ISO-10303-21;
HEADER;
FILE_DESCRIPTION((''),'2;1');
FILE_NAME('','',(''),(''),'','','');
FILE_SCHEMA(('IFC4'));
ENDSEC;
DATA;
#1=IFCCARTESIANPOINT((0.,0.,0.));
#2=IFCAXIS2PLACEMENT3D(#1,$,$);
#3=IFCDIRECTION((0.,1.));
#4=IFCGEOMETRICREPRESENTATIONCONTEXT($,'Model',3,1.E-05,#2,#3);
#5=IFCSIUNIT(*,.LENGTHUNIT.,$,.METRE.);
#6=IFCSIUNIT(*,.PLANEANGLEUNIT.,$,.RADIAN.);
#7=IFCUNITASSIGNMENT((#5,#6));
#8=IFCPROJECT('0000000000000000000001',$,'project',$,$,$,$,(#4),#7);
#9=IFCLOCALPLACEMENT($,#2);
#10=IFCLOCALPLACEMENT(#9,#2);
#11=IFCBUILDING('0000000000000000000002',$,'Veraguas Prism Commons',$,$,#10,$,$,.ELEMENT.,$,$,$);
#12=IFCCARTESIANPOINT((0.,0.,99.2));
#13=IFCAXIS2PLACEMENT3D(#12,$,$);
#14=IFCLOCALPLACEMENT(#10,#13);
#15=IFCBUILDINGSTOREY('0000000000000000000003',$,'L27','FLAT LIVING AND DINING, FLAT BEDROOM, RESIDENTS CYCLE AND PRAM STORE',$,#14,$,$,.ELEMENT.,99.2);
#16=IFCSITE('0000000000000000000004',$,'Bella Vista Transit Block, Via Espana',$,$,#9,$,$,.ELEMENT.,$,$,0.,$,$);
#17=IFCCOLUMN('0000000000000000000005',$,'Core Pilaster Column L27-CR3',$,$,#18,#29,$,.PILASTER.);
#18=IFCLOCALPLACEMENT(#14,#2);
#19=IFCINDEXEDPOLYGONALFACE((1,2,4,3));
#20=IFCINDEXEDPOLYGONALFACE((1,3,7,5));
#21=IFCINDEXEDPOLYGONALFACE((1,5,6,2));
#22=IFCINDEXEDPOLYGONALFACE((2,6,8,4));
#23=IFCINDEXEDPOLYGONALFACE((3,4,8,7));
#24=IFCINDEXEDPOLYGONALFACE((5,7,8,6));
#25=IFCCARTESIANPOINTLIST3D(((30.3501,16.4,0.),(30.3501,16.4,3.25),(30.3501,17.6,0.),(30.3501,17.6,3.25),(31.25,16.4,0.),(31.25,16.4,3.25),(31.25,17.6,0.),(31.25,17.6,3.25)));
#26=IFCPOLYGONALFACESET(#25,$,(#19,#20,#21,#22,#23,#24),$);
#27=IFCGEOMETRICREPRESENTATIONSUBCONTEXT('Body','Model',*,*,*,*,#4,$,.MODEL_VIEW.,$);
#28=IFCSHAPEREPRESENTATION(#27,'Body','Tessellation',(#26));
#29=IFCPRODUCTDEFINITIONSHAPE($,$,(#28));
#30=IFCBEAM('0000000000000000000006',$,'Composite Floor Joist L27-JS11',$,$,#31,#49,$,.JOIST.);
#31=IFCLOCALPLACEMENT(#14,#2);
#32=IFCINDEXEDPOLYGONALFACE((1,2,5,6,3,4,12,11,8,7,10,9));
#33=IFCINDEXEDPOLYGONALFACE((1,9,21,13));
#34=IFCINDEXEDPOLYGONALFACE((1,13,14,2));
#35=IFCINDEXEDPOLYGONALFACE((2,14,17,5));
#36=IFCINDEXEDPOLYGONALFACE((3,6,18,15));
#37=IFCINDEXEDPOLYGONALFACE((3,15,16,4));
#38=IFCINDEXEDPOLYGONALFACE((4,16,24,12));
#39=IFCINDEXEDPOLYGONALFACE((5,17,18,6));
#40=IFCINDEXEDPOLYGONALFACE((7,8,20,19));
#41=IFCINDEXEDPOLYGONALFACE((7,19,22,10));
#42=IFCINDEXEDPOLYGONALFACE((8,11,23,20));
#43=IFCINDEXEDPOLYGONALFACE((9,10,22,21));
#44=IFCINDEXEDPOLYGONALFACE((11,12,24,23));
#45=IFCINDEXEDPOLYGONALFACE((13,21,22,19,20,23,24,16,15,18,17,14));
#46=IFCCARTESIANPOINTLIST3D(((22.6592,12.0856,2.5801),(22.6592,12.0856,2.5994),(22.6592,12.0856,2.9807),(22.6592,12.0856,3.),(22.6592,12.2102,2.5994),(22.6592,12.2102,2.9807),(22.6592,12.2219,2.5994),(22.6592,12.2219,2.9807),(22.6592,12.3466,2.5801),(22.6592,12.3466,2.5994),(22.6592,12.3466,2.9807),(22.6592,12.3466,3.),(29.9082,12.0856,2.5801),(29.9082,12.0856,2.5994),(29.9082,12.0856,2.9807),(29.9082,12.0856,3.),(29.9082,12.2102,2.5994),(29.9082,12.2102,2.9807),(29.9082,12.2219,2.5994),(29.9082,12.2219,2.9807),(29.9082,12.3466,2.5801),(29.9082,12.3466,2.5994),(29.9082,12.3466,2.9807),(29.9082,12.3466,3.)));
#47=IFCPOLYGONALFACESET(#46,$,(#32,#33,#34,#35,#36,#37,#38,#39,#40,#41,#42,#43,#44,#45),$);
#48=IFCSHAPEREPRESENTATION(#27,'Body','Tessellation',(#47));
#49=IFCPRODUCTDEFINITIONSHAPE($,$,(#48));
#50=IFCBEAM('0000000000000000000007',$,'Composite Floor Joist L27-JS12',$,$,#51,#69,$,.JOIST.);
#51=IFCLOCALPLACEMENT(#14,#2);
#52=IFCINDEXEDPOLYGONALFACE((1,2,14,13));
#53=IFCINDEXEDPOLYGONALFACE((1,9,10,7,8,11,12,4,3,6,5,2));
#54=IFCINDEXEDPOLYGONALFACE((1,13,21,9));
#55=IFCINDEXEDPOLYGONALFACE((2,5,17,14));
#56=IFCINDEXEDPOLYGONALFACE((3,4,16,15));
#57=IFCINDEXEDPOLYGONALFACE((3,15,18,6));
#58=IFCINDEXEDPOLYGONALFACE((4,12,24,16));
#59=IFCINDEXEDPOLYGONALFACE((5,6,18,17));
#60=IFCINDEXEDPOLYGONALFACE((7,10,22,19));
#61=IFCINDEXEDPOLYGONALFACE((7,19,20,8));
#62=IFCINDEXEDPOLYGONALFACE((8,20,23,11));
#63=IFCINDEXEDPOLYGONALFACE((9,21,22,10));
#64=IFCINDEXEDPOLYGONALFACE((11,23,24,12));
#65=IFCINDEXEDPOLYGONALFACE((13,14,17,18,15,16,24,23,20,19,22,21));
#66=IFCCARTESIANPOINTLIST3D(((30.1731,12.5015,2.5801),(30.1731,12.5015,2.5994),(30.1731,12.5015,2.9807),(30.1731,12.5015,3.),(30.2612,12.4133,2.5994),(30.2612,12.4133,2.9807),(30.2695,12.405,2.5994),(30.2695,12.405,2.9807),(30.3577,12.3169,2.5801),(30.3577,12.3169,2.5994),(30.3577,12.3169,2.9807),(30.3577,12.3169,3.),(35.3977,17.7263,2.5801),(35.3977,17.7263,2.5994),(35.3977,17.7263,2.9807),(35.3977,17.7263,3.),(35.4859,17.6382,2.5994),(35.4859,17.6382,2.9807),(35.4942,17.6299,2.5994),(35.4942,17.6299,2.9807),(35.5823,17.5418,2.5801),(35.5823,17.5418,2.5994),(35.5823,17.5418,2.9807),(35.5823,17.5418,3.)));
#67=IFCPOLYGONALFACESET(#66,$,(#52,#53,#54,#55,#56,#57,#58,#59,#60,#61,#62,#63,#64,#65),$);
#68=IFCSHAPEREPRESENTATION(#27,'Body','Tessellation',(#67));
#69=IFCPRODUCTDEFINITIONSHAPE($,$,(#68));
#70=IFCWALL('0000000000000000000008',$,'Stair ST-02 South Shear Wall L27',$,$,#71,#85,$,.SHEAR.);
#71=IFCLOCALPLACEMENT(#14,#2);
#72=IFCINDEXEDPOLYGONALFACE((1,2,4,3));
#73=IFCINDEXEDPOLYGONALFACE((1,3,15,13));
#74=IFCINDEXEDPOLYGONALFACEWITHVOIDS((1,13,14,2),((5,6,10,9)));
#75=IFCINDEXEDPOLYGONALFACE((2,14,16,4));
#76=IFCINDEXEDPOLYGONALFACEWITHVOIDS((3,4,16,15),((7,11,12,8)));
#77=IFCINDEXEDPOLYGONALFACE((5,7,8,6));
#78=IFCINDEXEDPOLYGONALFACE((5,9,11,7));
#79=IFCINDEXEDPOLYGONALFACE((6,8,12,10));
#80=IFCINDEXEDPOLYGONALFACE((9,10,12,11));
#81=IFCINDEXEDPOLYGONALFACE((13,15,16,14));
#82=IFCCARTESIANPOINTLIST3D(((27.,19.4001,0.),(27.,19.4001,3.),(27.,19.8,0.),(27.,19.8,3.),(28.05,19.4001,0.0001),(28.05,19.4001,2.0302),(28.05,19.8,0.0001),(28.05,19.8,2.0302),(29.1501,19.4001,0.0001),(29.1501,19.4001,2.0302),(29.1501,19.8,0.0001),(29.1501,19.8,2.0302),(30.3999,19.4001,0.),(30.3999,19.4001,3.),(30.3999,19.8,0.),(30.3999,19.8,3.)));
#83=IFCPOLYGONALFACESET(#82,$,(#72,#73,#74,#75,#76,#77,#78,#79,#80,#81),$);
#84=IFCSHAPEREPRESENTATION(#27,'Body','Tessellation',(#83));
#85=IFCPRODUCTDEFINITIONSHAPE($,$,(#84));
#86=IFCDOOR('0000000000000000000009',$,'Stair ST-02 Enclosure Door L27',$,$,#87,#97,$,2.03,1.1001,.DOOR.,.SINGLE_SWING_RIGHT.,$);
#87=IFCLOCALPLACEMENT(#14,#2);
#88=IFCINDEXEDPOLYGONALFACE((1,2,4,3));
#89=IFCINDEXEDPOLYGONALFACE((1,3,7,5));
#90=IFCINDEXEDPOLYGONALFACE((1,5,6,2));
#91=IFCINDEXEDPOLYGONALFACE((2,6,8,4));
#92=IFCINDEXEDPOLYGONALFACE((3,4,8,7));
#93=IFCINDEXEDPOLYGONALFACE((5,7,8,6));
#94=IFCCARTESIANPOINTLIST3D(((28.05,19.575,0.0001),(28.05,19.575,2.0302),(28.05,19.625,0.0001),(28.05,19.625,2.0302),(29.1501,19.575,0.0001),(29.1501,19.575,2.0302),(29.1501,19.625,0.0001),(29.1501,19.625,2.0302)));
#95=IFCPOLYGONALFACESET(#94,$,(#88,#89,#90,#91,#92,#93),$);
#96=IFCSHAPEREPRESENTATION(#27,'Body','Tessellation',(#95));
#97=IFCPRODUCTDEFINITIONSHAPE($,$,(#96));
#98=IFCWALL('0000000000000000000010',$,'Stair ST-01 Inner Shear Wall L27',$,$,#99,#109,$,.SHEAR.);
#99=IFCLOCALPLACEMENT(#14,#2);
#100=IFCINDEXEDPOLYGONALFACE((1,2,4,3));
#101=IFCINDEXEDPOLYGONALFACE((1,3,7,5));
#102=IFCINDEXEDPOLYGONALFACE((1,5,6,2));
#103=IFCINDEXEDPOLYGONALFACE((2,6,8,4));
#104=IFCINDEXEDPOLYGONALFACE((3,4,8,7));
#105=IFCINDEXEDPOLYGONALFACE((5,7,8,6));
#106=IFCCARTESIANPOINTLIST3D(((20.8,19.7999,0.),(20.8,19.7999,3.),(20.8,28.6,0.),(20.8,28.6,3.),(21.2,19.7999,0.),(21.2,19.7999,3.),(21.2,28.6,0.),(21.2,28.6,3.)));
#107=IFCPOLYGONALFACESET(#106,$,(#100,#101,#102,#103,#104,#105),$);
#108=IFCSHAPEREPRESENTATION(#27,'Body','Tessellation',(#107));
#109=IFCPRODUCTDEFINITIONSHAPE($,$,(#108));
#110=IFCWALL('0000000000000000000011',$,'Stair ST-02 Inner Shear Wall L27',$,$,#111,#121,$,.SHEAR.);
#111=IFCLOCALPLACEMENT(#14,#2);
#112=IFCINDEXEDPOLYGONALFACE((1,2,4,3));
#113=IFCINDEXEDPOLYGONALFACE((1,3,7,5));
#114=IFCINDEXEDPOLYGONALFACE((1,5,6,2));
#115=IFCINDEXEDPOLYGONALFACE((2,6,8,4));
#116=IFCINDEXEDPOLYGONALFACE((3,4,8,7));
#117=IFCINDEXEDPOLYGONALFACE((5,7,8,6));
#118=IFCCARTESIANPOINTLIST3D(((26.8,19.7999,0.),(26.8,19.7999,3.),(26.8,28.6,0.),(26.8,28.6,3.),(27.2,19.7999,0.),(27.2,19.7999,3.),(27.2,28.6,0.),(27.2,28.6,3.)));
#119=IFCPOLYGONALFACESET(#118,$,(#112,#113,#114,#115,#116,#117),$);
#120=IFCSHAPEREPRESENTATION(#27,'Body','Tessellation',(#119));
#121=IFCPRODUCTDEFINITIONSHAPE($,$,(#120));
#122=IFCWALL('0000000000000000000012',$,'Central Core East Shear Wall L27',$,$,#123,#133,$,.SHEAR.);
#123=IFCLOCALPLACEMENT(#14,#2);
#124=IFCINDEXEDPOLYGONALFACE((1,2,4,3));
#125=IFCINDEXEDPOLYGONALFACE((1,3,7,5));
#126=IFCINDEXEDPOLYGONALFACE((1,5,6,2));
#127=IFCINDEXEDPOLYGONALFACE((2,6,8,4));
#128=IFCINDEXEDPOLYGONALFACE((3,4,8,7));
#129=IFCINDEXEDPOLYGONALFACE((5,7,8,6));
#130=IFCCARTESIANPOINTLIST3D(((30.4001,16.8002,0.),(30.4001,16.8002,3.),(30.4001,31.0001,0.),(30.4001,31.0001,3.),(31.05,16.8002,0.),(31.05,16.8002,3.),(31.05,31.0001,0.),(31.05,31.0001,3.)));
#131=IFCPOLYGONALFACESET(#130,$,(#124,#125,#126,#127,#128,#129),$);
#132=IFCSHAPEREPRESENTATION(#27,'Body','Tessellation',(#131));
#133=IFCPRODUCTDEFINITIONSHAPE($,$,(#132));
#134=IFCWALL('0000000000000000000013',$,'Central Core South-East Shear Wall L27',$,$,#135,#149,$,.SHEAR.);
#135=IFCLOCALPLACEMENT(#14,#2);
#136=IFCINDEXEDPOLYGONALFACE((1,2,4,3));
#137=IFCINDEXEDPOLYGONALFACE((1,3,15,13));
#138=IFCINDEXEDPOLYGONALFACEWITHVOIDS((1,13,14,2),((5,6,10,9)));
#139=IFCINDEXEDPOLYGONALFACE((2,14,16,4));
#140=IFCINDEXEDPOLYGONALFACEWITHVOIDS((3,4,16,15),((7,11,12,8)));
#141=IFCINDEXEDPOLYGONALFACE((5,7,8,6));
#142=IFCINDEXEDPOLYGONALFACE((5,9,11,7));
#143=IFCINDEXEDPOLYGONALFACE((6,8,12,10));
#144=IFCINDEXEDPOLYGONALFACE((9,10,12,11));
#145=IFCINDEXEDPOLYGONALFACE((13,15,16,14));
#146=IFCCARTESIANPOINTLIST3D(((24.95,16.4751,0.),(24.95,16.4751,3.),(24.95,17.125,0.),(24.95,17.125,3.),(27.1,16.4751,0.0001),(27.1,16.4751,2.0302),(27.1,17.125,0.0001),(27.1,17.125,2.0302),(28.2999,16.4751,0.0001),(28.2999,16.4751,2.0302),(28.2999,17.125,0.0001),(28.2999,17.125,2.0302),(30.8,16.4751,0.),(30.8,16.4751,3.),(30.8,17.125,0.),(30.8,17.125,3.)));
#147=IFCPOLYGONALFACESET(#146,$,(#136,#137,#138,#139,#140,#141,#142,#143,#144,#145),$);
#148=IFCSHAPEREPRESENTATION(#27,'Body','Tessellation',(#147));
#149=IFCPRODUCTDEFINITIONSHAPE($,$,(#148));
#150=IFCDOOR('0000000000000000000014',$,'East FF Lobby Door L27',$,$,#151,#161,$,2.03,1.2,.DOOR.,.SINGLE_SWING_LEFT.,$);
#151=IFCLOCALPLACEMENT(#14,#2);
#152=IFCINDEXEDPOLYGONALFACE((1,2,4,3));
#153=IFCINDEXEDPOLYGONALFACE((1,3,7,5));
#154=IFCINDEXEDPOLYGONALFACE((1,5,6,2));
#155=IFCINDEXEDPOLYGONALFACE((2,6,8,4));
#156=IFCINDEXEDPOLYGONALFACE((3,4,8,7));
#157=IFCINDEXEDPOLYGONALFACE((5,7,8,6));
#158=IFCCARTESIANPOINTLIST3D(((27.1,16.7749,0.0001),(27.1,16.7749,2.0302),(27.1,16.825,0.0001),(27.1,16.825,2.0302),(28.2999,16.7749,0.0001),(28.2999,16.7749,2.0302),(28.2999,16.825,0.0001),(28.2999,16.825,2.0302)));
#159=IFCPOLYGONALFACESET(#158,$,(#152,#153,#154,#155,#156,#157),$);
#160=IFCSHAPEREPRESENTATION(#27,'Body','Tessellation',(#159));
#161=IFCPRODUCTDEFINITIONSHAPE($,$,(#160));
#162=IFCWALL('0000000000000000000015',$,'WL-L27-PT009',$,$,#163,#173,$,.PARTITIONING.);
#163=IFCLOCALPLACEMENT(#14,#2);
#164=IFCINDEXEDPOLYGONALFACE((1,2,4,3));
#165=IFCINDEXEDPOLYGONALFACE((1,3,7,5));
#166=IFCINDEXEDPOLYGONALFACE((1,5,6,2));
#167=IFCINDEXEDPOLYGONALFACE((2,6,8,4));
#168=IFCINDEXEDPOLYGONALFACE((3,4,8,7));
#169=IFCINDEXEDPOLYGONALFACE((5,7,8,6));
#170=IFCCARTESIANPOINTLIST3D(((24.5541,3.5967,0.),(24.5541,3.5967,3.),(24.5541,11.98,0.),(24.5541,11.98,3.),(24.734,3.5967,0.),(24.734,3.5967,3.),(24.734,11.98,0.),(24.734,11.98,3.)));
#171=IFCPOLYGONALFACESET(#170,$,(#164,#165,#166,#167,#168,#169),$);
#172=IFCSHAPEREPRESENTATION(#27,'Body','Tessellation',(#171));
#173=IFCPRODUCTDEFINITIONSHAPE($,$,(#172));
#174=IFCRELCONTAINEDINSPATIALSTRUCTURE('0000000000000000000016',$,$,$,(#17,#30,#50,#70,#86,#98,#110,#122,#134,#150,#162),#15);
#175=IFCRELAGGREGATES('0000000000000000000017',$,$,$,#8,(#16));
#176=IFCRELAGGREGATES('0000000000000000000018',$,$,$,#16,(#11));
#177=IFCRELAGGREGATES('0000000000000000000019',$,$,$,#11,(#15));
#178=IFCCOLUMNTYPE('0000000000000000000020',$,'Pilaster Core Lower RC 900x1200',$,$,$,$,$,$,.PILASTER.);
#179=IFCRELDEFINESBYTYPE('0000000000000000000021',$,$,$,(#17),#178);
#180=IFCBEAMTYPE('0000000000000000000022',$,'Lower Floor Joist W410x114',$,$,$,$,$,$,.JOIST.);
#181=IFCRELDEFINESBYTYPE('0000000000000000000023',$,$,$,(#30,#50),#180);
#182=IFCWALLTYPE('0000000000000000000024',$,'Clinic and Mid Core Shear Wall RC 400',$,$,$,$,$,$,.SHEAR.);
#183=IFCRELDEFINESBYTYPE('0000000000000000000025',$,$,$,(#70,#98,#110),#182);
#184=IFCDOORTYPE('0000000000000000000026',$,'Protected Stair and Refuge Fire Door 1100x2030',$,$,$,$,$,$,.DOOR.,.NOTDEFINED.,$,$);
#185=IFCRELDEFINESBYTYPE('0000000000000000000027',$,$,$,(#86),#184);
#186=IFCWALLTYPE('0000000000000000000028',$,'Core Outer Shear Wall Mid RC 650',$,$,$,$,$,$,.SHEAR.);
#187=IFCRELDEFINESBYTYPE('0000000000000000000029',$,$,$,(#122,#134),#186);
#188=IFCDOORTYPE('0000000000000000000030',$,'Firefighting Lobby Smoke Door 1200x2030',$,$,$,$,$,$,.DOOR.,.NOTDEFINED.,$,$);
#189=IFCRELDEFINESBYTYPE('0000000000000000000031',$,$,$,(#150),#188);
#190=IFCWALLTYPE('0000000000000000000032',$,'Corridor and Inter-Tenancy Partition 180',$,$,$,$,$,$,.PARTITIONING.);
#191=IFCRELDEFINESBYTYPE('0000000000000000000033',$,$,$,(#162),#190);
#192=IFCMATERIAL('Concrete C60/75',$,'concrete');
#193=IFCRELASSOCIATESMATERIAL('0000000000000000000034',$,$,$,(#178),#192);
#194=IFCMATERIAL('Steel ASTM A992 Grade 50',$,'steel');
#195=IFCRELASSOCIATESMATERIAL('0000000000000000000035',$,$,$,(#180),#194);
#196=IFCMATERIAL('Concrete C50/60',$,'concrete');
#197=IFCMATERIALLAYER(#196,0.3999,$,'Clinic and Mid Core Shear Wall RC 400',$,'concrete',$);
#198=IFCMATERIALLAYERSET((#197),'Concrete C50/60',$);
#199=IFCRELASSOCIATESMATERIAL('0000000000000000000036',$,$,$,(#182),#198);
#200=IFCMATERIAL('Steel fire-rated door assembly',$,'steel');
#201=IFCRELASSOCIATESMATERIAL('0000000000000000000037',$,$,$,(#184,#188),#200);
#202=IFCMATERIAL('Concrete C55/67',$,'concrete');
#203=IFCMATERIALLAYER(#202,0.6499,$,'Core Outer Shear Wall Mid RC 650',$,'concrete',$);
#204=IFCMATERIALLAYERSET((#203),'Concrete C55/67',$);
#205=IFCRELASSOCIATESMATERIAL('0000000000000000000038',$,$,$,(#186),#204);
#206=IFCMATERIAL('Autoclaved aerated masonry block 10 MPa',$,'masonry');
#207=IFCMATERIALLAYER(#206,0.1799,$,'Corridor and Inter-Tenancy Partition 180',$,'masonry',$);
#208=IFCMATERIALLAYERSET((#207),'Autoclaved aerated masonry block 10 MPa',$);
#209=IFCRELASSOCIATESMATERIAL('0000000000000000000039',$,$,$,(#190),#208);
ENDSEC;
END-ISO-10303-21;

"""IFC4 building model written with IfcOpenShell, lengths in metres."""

from ifc_helpers import new_model, si_unit, direction, frame, frame_2d, origin, origin_2d, place, context, subcontext, project, spatial, rectangle, i_section, extrude, source, transform, mapped, material, layer, layer_set, material_profile, profile_set, type_object, element, fill, save


model = new_model("IFC4")

# Units and contexts
model_context = context("Model", 3, precision=1e-05, world=origin(), true_north=direction((0.0, 1.0)))
body_context = subcontext(model_context, "Body", "Model", "MODEL_VIEW")
ifc_project = project(units=[si_unit("LENGTHUNIT", "METRE"), si_unit("PLANEANGLEUNIT", "RADIAN")], contexts=[model_context])

# Site, building, storey
site_placement = place(None, origin())
site = spatial("IfcSite", under=ifc_project, at=site_placement, Name="Bella Vista Transit Block, Via Espana", CompositionType="ELEMENT", RefElevation=0.0)
building_placement = place(site_placement, origin())
building = spatial("IfcBuilding", under=site, at=building_placement, Name="Veraguas Prism Commons", CompositionType="ELEMENT")
storey_placement = place(building_placement, frame((0.0, 0.0, 99.2)))
storey = spatial("IfcBuildingStorey", under=building, at=storey_placement, Name="L27", Description="FLAT LIVING AND DINING, FLAT BEDROOM, RESIDENTS CYCLE AND PRAM STORE", CompositionType="ELEMENT", Elevation=99.2)

# Column
ifc_material_1 = material(Name="Concrete C60/75", Category="concrete")
ifc_material_profile_1 = material_profile(ifc_material_1, rectangle(XDim=0.8999, YDim=1.2, at=origin_2d()), Name="RC900X1200")
ifc_profile_set_1 = profile_set([ifc_material_profile_1], Name="Concrete C60/75")
column_type = type_object("IfcColumnType", Name="Pilaster Core Lower RC 900x1200", PredefinedType="PILASTER", material=ifc_profile_set_1)
column_placement = place(storey_placement, frame((30.8, 17.0, 0.0), z_axis=(0.0, 0.0, 1.0), x_axis=(1.0, 0.0, 0.0)))
element("IfcColumn", 1, at=column_placement, inside=storey, type_object=column_type, Name="Core Pilaster Column L27-CR3", PredefinedType="PILASTER", context=body_context, shape_type="SweptSolid", body=[
    extrude(rectangle(XDim=0.8999, YDim=1.2, at=origin_2d()), origin(), (0.0, 0.0, 1.0), 3.25),
])

# Beams
ifc_material_2 = material(Name="Steel ASTM A992 Grade 50", Category="steel")
ifc_material_profile_2 = material_profile(ifc_material_2, i_section(OverallWidth=0.261, OverallDepth=0.4199, WebThickness=0.0117, FlangeThickness=0.0193, at=origin_2d()), Name="W410X114")
ifc_profile_set_2 = profile_set([ifc_material_profile_2], Name="Steel ASTM A992 Grade 50")
beam_type = type_object("IfcBeamType", Name="Lower Floor Joist W410x114", PredefinedType="JOIST", material=ifc_profile_set_2)
beam_1_placement = place(storey_placement, frame((22.6592, 12.2161, 2.79), z_axis=(1.0, 0.0, 0.0), x_axis=(0.0, 1.0, 0.0)))
element("IfcBeam", 2, at=beam_1_placement, inside=storey, type_object=beam_type, Name="Composite Floor Joist L27-JS11", PredefinedType="JOIST", context=body_context, shape_type="SweptSolid", body=[
    extrude(i_section(OverallWidth=0.261, OverallDepth=0.4199, WebThickness=0.0117, FlangeThickness=0.0193, at=origin_2d()), origin(), (0.0, 0.0, 1.0), 7.249),
])
beam_2_placement = place(storey_placement, frame((30.2654, 12.4092, 2.79), z_axis=(0.70709, 0.707123, 0.0), x_axis=(-0.707123, 0.70709, 0.0)))
element("IfcBeam", 3, at=beam_2_placement, inside=storey, type_object=beam_type, Name="Composite Floor Joist L27-JS12", PredefinedType="JOIST", context=body_context, shape_type="SweptSolid", body=[
    extrude(i_section(OverallWidth=0.261, OverallDepth=0.4199, WebThickness=0.0117, FlangeThickness=0.0193, at=origin_2d()), origin(), (0.0, 0.0, 1.0), 7.3889),
])

# Wall, opening, door
ifc_material_3 = material(Name="Concrete C50/60", Category="concrete")
ifc_layer_1 = layer(ifc_material_3, 0.3999, Name="Clinic and Mid Core Shear Wall RC 400", Category="concrete")
ifc_layer_set_1 = layer_set([ifc_layer_1], Name="Concrete C50/60")
wall_type_1 = type_object("IfcWallType", Name="Clinic and Mid Core Shear Wall RC 400", PredefinedType="SHEAR", material=ifc_layer_set_1)
wall_1_placement = place(storey_placement, frame((27.0, 19.6001, 0.0), z_axis=(0.0, 0.0, 1.0), x_axis=(1.0, 0.0, 0.0)))
wall_1 = element("IfcWall", 4, at=wall_1_placement, inside=storey, type_object=wall_type_1, Name="Stair ST-02 South Shear Wall L27", PredefinedType="SHEAR", context=body_context, shape_type="SweptSolid", body=[
    extrude(rectangle(XDim=3.3999, YDim=0.3999, at=frame_2d((1.7, 0.0))), origin(), (0.0, 0.0, 1.0), 3.0),
])
opening_1_placement = place(wall_1_placement, frame((1.05, 0.0, 0.0)))
opening_1 = element("IfcOpeningElement", 5, at=opening_1_placement, cuts=wall_1, PredefinedType="OPENING", context=body_context, shape_type="SweptSolid", body=[
    extrude(rectangle(XDim=1.1001, YDim=2.03, at=frame_2d((0.55, 1.0151))), frame((0.0, 0.21, 0.0), z_axis=(0.0, -1.0, 0.0), x_axis=(1.0, 0.0, 0.0)), (0.0, 0.0, 1.0), 0.4199),
])
ifc_material_4 = material(Name="Steel fire-rated door assembly", Category="steel")
door_type_1 = type_object("IfcDoorType", Name="Protected Stair and Refuge Fire Door 1100x2030", OperationType="NOTDEFINED", PredefinedType="DOOR", material=ifc_material_4)
shared_shape_1 = source(origin(), body_context, "Body", "SweptSolid", [
    extrude(rectangle(XDim=1.1001, YDim=2.03, at=frame_2d((0.55, 1.0151))), frame((0.0, 0.0249, 0.0), z_axis=(0.0, -1.0, 0.0), x_axis=(1.0, 0.0, 0.0)), (0.0, 0.0, 1.0), 0.05),
])
door_1_placement = place(opening_1_placement, origin())
door_1 = element("IfcDoor", 6, at=door_1_placement, inside=storey, type_object=door_type_1, Name="Stair ST-02 Enclosure Door L27", OperationType="SINGLE_SWING_RIGHT", OverallHeight=2.03, OverallWidth=1.1001, PredefinedType="DOOR", context=body_context, shape_type="MappedRepresentation", body=[
    mapped(shared_shape_1, transform((0.0, 0.0, 0.0), scale=1.0)),
])
fill(opening_1, door_1)

# Walls
for number, where, z_axis, x_axis, name in (
    (7, (21.0, 19.8, 0.0), (0.0, 0.0, 1.0), (0.0, 1.0, 0.0), "Stair ST-01 Inner Shear Wall L27"),
    (8, (27.0, 19.8, 0.0), (0.0, 0.0, 1.0), (0.0, 1.0, 0.0), "Stair ST-02 Inner Shear Wall L27"),
):
    element("IfcWall", number, at=place(storey_placement, frame(where, z_axis=z_axis, x_axis=x_axis)), inside=storey, type_object=wall_type_1, Name=name, PredefinedType="SHEAR", context=body_context, shape_type="SweptSolid", body=[
        extrude(rectangle(XDim=8.8, YDim=0.3999, at=frame_2d((4.3999, 0.0))), origin(), (0.0, 0.0, 1.0), 3.0),
    ])
ifc_material_5 = material(Name="Concrete C55/67", Category="concrete")
ifc_layer_2 = layer(ifc_material_5, 0.6499, Name="Core Outer Shear Wall Mid RC 650", Category="concrete")
ifc_layer_set_2 = layer_set([ifc_layer_2], Name="Concrete C55/67")
wall_type_2 = type_object("IfcWallType", Name="Core Outer Shear Wall Mid RC 650", PredefinedType="SHEAR", material=ifc_layer_set_2)
wall_2_placement = place(storey_placement, frame((30.7251, 16.8, 0.0), z_axis=(0.0, 0.0, 1.0), x_axis=(0.0, 1.0, 0.0)))
element("IfcWall", 9, at=wall_2_placement, inside=storey, type_object=wall_type_2, Name="Central Core East Shear Wall L27", PredefinedType="SHEAR", context=body_context, shape_type="SweptSolid", body=[
    extrude(rectangle(XDim=14.2, YDim=0.6499, at=frame_2d((7.1001, 0.0))), origin(), (0.0, 0.0, 1.0), 3.0),
])

# Wall, opening, door
wall_3_placement = place(storey_placement, frame((24.95, 16.8, 0.0), z_axis=(0.0, 0.0, 1.0), x_axis=(1.0, 0.0, 0.0)))
wall_3 = element("IfcWall", 10, at=wall_3_placement, inside=storey, type_object=wall_type_2, Name="Central Core South-East Shear Wall L27", PredefinedType="SHEAR", context=body_context, shape_type="SweptSolid", body=[
    extrude(rectangle(XDim=5.8501, YDim=0.6499, at=frame_2d((2.925, 0.0))), origin(), (0.0, 0.0, 1.0), 3.0),
])
opening_2_placement = place(wall_3_placement, frame((2.1499, 0.0, 0.0)))
opening_2 = element("IfcOpeningElement", 11, at=opening_2_placement, cuts=wall_3, PredefinedType="OPENING", context=body_context, shape_type="SweptSolid", body=[
    extrude(rectangle(XDim=1.2, YDim=2.03, at=frame_2d((0.6001, 1.0151))), frame((0.0, 0.335, 0.0), z_axis=(0.0, -1.0, 0.0), x_axis=(1.0, 0.0, 0.0)), (0.0, 0.0, 1.0), 0.6699),
])
door_type_2 = type_object("IfcDoorType", Name="Firefighting Lobby Smoke Door 1200x2030", OperationType="NOTDEFINED", PredefinedType="DOOR", material=ifc_material_4)
shared_shape_2 = source(origin(), body_context, "Body", "SweptSolid", [
    extrude(rectangle(XDim=1.2, YDim=2.03, at=frame_2d((0.6001, 1.0151))), frame((0.0, 0.0249, 0.0), z_axis=(0.0, -1.0, 0.0), x_axis=(1.0, 0.0, 0.0)), (0.0, 0.0, 1.0), 0.05),
])
door_2_placement = place(opening_2_placement, origin())
door_2 = element("IfcDoor", 12, at=door_2_placement, inside=storey, type_object=door_type_2, Name="East FF Lobby Door L27", OperationType="SINGLE_SWING_LEFT", OverallHeight=2.03, OverallWidth=1.2, PredefinedType="DOOR", context=body_context, shape_type="MappedRepresentation", body=[
    mapped(shared_shape_2, transform((0.0, 0.0, 0.0), scale=1.0)),
])
fill(opening_2, door_2)

# Wall
ifc_material_6 = material(Name="Autoclaved aerated masonry block 10 MPa", Category="masonry")
ifc_layer_3 = layer(ifc_material_6, 0.1799, Name="Corridor and Inter-Tenancy Partition 180", Category="masonry")
ifc_layer_set_3 = layer_set([ifc_layer_3], Name="Autoclaved aerated masonry block 10 MPa")
wall_type_3 = type_object("IfcWallType", Name="Corridor and Inter-Tenancy Partition 180", PredefinedType="PARTITIONING", material=ifc_layer_set_3)
wall_4_placement = place(storey_placement, frame((24.644, 11.98, 0.0), z_axis=(0.0, 0.0, 1.0), x_axis=(0.0, -1.0, 0.0)))
element("IfcWall", 13, at=wall_4_placement, inside=storey, type_object=wall_type_3, Name="WL-L27-PT009", PredefinedType="PARTITIONING", context=body_context, shape_type="SweptSolid", body=[
    extrude(rectangle(XDim=8.3833, YDim=0.1799, at=frame_2d((4.1917, 0.0))), origin(), (0.0, 0.0, 1.0), 3.0),
])

save(model, "model.ifc")
